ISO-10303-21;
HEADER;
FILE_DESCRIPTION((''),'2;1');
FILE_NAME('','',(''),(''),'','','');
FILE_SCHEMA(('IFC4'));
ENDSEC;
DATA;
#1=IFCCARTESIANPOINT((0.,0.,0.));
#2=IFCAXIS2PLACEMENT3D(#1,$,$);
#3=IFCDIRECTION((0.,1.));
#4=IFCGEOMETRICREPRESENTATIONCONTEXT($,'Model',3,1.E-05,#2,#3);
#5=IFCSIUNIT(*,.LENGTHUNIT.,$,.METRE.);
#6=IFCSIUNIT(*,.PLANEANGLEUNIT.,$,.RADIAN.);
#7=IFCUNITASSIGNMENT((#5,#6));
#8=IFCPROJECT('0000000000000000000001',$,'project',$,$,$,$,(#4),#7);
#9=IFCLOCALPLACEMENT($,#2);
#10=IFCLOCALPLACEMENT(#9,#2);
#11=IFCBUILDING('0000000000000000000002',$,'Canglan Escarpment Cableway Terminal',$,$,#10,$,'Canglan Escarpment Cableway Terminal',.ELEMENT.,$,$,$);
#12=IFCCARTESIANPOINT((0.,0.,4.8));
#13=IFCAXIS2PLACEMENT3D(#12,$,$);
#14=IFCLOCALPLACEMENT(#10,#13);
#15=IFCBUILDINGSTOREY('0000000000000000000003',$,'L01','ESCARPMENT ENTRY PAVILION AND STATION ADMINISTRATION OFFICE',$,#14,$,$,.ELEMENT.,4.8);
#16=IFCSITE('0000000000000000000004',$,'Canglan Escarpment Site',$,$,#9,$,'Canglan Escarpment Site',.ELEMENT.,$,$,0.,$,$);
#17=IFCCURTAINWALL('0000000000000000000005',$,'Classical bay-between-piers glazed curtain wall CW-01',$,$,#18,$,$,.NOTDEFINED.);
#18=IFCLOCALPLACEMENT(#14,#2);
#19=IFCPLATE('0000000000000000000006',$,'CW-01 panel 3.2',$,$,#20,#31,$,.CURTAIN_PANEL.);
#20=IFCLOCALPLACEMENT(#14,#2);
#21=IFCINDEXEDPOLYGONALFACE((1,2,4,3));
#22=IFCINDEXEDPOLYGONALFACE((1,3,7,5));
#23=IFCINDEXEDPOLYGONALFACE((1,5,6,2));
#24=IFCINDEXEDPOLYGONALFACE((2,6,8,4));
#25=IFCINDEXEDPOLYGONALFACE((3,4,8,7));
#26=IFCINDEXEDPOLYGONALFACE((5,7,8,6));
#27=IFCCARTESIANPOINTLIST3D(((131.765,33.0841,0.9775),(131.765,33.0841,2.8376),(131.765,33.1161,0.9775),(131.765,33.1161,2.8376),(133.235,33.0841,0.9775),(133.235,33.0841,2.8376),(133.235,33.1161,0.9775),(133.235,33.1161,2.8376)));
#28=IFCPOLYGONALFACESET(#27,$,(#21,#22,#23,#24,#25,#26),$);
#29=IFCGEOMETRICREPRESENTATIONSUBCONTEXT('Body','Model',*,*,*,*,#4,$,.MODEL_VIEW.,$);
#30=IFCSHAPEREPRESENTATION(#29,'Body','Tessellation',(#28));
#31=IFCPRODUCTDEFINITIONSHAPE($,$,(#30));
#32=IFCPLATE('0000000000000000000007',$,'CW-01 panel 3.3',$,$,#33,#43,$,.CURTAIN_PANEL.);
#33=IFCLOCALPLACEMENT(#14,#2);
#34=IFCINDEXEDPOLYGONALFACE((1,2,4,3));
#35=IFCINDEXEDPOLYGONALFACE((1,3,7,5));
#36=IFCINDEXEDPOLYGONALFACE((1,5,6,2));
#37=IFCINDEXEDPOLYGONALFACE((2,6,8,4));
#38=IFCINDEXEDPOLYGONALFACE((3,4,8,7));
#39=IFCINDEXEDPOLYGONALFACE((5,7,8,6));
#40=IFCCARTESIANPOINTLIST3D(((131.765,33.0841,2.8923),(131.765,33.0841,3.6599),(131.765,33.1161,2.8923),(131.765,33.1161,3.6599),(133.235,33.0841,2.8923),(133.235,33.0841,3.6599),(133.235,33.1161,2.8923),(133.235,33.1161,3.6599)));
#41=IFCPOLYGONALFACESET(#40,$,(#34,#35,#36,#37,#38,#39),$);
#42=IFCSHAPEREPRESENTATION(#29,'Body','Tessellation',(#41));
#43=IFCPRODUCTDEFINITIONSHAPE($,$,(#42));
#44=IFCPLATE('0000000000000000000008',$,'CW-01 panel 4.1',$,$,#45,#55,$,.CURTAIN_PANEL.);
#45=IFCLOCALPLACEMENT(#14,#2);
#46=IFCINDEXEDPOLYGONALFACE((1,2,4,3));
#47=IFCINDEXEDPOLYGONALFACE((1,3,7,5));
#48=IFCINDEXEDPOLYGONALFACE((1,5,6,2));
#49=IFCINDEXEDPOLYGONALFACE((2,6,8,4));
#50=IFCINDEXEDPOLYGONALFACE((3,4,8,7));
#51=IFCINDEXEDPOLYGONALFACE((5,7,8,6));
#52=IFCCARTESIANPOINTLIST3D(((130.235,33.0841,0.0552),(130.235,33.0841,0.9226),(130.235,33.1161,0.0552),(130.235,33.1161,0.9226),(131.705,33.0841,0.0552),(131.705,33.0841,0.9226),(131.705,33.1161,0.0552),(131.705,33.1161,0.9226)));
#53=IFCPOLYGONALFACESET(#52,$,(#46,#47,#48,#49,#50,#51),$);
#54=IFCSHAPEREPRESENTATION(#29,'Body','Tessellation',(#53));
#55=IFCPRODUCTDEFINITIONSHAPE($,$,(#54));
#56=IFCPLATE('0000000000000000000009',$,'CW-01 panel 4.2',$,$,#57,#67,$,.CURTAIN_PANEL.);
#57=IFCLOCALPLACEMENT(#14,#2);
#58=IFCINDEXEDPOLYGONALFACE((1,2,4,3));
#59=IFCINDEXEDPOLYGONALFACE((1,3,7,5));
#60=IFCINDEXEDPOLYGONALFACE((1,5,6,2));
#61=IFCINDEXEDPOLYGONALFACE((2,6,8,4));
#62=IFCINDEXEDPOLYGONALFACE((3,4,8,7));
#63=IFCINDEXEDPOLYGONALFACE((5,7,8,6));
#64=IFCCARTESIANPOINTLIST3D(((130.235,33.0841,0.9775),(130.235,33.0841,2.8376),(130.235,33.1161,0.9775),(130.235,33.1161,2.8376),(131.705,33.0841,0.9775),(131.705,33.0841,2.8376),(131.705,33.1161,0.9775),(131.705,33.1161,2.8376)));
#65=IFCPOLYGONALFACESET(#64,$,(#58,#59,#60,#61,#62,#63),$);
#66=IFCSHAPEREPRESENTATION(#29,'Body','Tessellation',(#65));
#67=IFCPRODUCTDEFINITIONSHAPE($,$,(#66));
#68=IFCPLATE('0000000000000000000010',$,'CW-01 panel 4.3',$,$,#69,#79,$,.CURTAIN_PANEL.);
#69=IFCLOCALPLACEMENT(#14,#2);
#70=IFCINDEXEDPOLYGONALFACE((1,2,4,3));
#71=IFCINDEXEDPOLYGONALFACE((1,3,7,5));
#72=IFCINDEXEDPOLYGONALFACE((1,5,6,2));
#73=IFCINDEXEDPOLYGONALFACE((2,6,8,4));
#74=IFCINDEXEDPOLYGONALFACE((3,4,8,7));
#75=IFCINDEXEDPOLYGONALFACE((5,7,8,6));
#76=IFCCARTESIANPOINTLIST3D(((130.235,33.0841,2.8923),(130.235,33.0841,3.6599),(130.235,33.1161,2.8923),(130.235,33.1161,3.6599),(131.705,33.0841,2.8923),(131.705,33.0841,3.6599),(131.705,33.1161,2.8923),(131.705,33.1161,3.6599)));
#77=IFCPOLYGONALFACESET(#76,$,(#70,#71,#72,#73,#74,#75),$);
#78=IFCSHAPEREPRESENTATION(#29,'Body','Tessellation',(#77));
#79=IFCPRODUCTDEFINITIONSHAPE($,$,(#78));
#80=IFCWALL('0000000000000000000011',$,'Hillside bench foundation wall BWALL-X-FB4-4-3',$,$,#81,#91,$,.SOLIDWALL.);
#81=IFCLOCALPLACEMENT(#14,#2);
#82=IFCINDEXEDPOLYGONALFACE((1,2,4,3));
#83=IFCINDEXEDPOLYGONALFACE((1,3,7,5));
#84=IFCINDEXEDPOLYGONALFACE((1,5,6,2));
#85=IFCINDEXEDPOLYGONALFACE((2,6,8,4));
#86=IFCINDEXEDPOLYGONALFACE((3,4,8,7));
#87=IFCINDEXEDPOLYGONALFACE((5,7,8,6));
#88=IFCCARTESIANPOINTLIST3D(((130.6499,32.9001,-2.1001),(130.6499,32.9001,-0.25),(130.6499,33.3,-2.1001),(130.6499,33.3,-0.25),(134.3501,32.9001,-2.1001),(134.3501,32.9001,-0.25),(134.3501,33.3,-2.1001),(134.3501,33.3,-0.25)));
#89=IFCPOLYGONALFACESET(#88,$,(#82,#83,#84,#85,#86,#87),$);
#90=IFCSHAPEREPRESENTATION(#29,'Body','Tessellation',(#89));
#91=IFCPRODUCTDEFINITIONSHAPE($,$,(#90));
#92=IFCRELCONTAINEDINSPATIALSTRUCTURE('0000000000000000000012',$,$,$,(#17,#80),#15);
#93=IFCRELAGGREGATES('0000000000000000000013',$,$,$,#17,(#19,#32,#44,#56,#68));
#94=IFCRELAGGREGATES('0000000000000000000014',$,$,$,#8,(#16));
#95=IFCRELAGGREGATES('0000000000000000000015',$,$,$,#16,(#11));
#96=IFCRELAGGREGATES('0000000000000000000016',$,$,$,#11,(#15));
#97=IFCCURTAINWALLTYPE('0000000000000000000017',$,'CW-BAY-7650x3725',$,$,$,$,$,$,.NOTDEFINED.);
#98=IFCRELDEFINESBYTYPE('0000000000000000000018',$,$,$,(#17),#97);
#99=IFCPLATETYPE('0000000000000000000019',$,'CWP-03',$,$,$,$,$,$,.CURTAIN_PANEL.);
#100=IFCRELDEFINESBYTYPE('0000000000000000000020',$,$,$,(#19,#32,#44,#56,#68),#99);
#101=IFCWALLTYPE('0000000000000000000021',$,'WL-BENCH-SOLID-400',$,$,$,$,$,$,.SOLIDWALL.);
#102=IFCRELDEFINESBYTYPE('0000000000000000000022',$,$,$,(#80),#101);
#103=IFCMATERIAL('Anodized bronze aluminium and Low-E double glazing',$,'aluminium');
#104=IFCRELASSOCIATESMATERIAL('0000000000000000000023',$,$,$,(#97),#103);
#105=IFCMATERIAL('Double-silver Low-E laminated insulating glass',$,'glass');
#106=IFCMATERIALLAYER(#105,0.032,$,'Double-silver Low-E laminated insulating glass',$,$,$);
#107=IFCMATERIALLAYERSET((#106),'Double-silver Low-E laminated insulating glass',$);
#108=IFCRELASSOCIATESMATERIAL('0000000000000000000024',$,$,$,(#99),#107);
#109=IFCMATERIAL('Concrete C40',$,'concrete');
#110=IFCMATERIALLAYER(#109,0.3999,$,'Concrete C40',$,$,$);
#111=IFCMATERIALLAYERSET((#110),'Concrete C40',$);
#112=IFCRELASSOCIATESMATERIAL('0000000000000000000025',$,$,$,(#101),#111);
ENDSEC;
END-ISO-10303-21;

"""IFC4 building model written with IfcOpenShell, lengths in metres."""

from ifc_helpers import new_model, si_unit, direction, frame, frame_2d, origin, origin_2d, place, context, subcontext, project, spatial, rectangle, extrude, material, layer, layer_set, type_object, element, aggregate, save


model = new_model("IFC4")

# Units and contexts
model_context = context("Model", 3, precision=1e-05, world=origin(), true_north=direction((0.0, 1.0)))
body_context = subcontext(model_context, "Body", "Model", "MODEL_VIEW")
ifc_project = project(units=[si_unit("LENGTHUNIT", "METRE"), si_unit("PLANEANGLEUNIT", "RADIAN")], contexts=[model_context])

# Site, building, storey
site_placement = place(None, origin())
site = spatial("IfcSite", under=ifc_project, at=site_placement, Name="Canglan Escarpment Site", LongName="Canglan Escarpment Site", CompositionType="ELEMENT", RefElevation=0.0)
building_placement = place(site_placement, origin())
building = spatial("IfcBuilding", under=site, at=building_placement, Name="Canglan Escarpment Cableway Terminal", LongName="Canglan Escarpment Cableway Terminal", CompositionType="ELEMENT")
storey_placement = place(building_placement, frame((0.0, 0.0, 4.8)))
storey = spatial("IfcBuildingStorey", under=building, at=storey_placement, Name="L01", Description="ESCARPMENT ENTRY PAVILION AND STATION ADMINISTRATION OFFICE", CompositionType="ELEMENT", Elevation=4.8)

# Shared definitions
ifc_material_1 = material(Name="Concrete C40", Category="concrete")

# Curtain wall, plates
ifc_material_2 = material(Name="Anodized bronze aluminium and Low-E double glazing", Category="aluminium")
curtain_wall_type = type_object("IfcCurtainWallType", Name="CW-BAY-7650x3725", PredefinedType="NOTDEFINED", material=ifc_material_2)
curtain_wall_placement = place(storey_placement, origin())
curtain_wall = element("IfcCurtainWall", 1, at=curtain_wall_placement, inside=storey, type_object=curtain_wall_type, Name="Classical bay-between-piers glazed curtain wall CW-01", PredefinedType="NOTDEFINED")
ifc_material_3 = material(Name="Double-silver Low-E laminated insulating glass", Category="glass")
ifc_layer_1 = layer(ifc_material_3, 0.032, Name="Double-silver Low-E laminated insulating glass")
ifc_layer_set_1 = layer_set([ifc_layer_1], Name="Double-silver Low-E laminated insulating glass")
plate_type = type_object("IfcPlateType", Name="CWP-03", PredefinedType="CURTAIN_PANEL", material=ifc_layer_set_1)
plate_1_placement = place(storey_placement, frame((132.5, 33.1001, 0.9775), z_axis=(0.0, 0.0, 1.0), x_axis=(-1.0, 0.0, 0.0)))
plate_1 = element("IfcPlate", 2, at=plate_1_placement, type_object=plate_type, Name="CW-01 panel 3.2", PredefinedType="CURTAIN_PANEL", context=body_context, shape_type="SweptSolid", body=[
    extrude(rectangle(XDim=1.47, YDim=0.032, at=origin_2d()), origin(), (0.0, 0.0, 1.0), 1.8601),
])
plate_2_placement = place(storey_placement, frame((132.5, 33.1001, 2.8923), z_axis=(0.0, 0.0, 1.0), x_axis=(-1.0, 0.0, 0.0)))
plate_2 = element("IfcPlate", 3, at=plate_2_placement, type_object=plate_type, Name="CW-01 panel 3.3", PredefinedType="CURTAIN_PANEL", context=body_context, shape_type="SweptSolid", body=[
    extrude(rectangle(XDim=1.47, YDim=0.032, at=origin_2d()), origin(), (0.0, 0.0, 1.0), 0.7676),
])
plate_3_placement = place(storey_placement, frame((130.97, 33.1001, 0.0552), z_axis=(0.0, 0.0, 1.0), x_axis=(-1.0, 0.0, 0.0)))
plate_3 = element("IfcPlate", 4, at=plate_3_placement, type_object=plate_type, Name="CW-01 panel 4.1", PredefinedType="CURTAIN_PANEL", context=body_context, shape_type="SweptSolid", body=[
    extrude(rectangle(XDim=1.47, YDim=0.032, at=origin_2d()), origin(), (0.0, 0.0, 1.0), 0.8674),
])
plate_4_placement = place(storey_placement, frame((130.97, 33.1001, 0.9775), z_axis=(0.0, 0.0, 1.0), x_axis=(-1.0, 0.0, 0.0)))
plate_4 = element("IfcPlate", 5, at=plate_4_placement, type_object=plate_type, Name="CW-01 panel 4.2", PredefinedType="CURTAIN_PANEL", context=body_context, shape_type="SweptSolid", body=[
    extrude(rectangle(XDim=1.47, YDim=0.032, at=origin_2d()), origin(), (0.0, 0.0, 1.0), 1.8601),
])
plate_5_placement = place(storey_placement, frame((130.97, 33.1001, 2.8923), z_axis=(0.0, 0.0, 1.0), x_axis=(-1.0, 0.0, 0.0)))
plate_5 = element("IfcPlate", 6, at=plate_5_placement, type_object=plate_type, Name="CW-01 panel 4.3", PredefinedType="CURTAIN_PANEL", context=body_context, shape_type="SweptSolid", body=[
    extrude(rectangle(XDim=1.47, YDim=0.032, at=origin_2d()), origin(), (0.0, 0.0, 1.0), 0.7676),
])
aggregate(curtain_wall, [plate_1, plate_2, plate_3, plate_4, plate_5])

# Wall
ifc_layer_2 = layer(ifc_material_1, 0.3999, Name="Concrete C40")
ifc_layer_set_2 = layer_set([ifc_layer_2], Name="Concrete C40")
wall_type = type_object("IfcWallType", Name="WL-BENCH-SOLID-400", PredefinedType="SOLIDWALL", material=ifc_layer_set_2)
wall_placement = place(storey_placement, frame((130.6499, 33.1001, -2.1001), z_axis=(0.0, 0.0, 1.0), x_axis=(1.0, 0.0, 0.0)))
element("IfcWall", 7, at=wall_placement, inside=storey, type_object=wall_type, Name="Hillside bench foundation wall BWALL-X-FB4-4-3", PredefinedType="SOLIDWALL", context=body_context, shape_type="SweptSolid", body=[
    extrude(rectangle(XDim=3.7002, YDim=0.3999, at=frame_2d((1.8501, 0.0))), origin(), (0.0, 0.0, 1.0), 1.8501),
])

save(model, "model.ifc")
